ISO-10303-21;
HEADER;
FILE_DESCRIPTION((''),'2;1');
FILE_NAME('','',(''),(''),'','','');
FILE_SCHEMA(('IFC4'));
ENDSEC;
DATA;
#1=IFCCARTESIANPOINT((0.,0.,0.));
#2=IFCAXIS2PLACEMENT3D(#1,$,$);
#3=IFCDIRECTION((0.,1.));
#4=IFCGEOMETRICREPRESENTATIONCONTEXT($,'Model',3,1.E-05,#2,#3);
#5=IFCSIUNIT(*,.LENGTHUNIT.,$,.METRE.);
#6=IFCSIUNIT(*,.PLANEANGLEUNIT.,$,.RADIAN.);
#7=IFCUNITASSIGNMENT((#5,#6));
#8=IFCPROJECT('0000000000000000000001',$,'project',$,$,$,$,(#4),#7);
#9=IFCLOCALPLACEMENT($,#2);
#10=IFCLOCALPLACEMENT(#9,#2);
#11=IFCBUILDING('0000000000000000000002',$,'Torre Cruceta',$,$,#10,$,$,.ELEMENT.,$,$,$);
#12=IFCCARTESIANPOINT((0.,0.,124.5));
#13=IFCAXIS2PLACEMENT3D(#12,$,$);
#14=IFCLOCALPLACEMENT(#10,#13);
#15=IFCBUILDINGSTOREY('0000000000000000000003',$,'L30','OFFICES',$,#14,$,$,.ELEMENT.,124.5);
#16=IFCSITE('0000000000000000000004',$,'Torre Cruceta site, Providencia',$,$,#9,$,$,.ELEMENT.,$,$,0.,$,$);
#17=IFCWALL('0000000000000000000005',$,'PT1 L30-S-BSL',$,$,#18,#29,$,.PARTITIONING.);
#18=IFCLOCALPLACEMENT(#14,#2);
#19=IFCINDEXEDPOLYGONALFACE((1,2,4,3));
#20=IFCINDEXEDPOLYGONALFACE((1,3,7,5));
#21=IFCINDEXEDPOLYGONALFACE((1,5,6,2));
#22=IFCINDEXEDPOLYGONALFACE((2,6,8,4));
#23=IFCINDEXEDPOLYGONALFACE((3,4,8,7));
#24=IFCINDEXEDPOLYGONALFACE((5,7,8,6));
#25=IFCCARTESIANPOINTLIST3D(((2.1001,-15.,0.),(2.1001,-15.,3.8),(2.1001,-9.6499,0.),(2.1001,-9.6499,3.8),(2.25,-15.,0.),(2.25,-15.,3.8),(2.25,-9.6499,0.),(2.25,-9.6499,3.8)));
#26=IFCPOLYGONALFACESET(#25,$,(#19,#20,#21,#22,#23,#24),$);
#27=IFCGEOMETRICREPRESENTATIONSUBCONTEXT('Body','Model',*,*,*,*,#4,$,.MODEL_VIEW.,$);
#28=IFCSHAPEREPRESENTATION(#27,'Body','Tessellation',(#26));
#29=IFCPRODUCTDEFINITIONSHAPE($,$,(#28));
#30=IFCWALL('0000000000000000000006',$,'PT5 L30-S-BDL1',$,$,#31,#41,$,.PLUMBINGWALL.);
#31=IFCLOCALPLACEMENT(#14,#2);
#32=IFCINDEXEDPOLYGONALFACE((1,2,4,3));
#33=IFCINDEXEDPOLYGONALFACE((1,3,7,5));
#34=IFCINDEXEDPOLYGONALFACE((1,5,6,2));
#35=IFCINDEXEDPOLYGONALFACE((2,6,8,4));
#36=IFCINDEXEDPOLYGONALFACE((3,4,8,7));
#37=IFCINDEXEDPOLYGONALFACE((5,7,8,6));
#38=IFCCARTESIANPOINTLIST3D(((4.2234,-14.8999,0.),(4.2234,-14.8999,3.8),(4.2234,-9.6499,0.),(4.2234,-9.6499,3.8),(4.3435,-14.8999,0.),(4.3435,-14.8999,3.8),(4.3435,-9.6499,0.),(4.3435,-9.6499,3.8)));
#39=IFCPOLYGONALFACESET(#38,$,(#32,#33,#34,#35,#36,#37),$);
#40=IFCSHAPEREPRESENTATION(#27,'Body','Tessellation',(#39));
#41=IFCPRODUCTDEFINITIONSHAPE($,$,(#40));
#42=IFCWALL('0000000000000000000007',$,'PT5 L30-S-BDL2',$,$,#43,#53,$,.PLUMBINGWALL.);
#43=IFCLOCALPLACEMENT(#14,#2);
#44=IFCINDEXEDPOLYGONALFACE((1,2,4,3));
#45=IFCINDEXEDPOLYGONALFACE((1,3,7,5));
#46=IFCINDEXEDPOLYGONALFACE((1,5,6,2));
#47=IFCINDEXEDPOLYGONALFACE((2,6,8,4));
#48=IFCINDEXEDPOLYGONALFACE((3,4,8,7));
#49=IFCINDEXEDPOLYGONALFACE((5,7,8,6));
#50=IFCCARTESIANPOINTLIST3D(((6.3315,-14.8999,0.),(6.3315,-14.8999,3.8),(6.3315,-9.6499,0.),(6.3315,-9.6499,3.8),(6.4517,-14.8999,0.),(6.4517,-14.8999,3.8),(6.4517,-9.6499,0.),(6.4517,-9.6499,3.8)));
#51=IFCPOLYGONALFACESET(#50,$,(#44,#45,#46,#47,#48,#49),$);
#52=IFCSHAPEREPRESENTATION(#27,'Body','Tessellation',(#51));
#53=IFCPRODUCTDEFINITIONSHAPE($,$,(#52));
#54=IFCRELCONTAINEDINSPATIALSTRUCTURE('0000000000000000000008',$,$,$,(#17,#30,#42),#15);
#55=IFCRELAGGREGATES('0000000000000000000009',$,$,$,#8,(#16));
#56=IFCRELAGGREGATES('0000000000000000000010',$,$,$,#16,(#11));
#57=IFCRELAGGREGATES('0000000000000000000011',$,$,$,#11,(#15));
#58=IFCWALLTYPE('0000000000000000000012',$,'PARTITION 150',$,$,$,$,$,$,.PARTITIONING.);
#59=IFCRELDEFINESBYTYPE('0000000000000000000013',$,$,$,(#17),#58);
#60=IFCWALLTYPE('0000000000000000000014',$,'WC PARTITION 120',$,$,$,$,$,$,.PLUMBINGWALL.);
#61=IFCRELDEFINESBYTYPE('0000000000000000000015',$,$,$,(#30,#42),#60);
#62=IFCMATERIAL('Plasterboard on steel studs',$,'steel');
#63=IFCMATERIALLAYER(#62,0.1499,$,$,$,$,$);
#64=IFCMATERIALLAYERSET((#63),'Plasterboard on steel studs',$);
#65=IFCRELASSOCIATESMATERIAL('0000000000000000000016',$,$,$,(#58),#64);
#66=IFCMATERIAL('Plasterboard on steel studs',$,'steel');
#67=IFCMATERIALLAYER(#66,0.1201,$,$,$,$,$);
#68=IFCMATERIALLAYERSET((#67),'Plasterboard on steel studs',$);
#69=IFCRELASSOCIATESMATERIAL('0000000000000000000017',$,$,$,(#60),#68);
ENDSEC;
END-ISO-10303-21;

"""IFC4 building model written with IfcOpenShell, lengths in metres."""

from ifc_helpers import new_model, si_unit, direction, frame, frame_2d, origin, place, context, subcontext, project, spatial, rectangle, extrude, material, layer, layer_set, type_object, element, save


model = new_model("IFC4")

# Units and contexts
model_context = context("Model", 3, precision=1e-05, world=origin(), true_north=direction((0.0, 1.0)))
body_context = subcontext(model_context, "Body", "Model", "MODEL_VIEW")
ifc_project = project(units=[si_unit("LENGTHUNIT", "METRE"), si_unit("PLANEANGLEUNIT", "RADIAN")], contexts=[model_context])

# Site, building, storey
site_placement = place(None, origin())
site = spatial("IfcSite", under=ifc_project, at=site_placement, Name="Torre Cruceta site, Providencia", CompositionType="ELEMENT", RefElevation=0.0)
building_placement = place(site_placement, origin())
building = spatial("IfcBuilding", under=site, at=building_placement, Name="Torre Cruceta", CompositionType="ELEMENT")
storey_placement = place(building_placement, frame((0.0, 0.0, 124.5)))
storey = spatial("IfcBuildingStorey", under=building, at=storey_placement, Name="L30", Description="OFFICES", CompositionType="ELEMENT", Elevation=124.5)

# Shared definitions
ifc_material_1 = material(Name="Plasterboard on steel studs", Category="steel")
ifc_layer_1 = layer(ifc_material_1, 0.1499)
ifc_layer_set_1 = layer_set([ifc_layer_1], Name="Plasterboard on steel studs")
wall_type_1 = type_object("IfcWallType", Name="PARTITION 150", PredefinedType="PARTITIONING", material=ifc_layer_set_1)

# Walls
wall_1_placement = place(storey_placement, frame((2.175, -9.6499, 0.0), z_axis=(0.0, 0.0, 1.0), x_axis=(0.0, -1.0, 0.0)))
element("IfcWall", 1, at=wall_1_placement, inside=storey, type_object=wall_type_1, Name="PT1 L30-S-BSL", PredefinedType="PARTITIONING", context=body_context, shape_type="SweptSolid", body=[
    extrude(rectangle(XDim=5.3501, YDim=0.1499, at=frame_2d((2.675, 0.0))), origin(), (0.0, 0.0, 1.0), 3.8),
])
ifc_material_2 = material(Name="Plasterboard on steel studs", Category="steel")
ifc_layer_2 = layer(ifc_material_2, 0.1201)
ifc_layer_set_2 = layer_set([ifc_layer_2], Name="Plasterboard on steel studs")
wall_type_2 = type_object("IfcWallType", Name="WC PARTITION 120", PredefinedType="PLUMBINGWALL", material=ifc_layer_set_2)
for number, where, z_axis, x_axis, name in (
    (2, (4.2834, -9.6499, 0.0), (0.0, 0.0, 1.0), (0.0, -1.0, 0.0), "PT5 L30-S-BDL1"),
    (3, (6.3916, -9.6499, 0.0), (0.0, 0.0, 1.0), (0.0, -1.0, 0.0), "PT5 L30-S-BDL2"),
):
    element("IfcWall", number, at=place(storey_placement, frame(where, z_axis=z_axis, x_axis=x_axis)), inside=storey, type_object=wall_type_2, Name=name, PredefinedType="PLUMBINGWALL", context=body_context, shape_type="SweptSolid", body=[
        extrude(rectangle(XDim=5.25, YDim=0.1201, at=frame_2d((2.625, 0.0))), origin(), (0.0, 0.0, 1.0), 3.8),
    ])

save(model, "model.ifc")
